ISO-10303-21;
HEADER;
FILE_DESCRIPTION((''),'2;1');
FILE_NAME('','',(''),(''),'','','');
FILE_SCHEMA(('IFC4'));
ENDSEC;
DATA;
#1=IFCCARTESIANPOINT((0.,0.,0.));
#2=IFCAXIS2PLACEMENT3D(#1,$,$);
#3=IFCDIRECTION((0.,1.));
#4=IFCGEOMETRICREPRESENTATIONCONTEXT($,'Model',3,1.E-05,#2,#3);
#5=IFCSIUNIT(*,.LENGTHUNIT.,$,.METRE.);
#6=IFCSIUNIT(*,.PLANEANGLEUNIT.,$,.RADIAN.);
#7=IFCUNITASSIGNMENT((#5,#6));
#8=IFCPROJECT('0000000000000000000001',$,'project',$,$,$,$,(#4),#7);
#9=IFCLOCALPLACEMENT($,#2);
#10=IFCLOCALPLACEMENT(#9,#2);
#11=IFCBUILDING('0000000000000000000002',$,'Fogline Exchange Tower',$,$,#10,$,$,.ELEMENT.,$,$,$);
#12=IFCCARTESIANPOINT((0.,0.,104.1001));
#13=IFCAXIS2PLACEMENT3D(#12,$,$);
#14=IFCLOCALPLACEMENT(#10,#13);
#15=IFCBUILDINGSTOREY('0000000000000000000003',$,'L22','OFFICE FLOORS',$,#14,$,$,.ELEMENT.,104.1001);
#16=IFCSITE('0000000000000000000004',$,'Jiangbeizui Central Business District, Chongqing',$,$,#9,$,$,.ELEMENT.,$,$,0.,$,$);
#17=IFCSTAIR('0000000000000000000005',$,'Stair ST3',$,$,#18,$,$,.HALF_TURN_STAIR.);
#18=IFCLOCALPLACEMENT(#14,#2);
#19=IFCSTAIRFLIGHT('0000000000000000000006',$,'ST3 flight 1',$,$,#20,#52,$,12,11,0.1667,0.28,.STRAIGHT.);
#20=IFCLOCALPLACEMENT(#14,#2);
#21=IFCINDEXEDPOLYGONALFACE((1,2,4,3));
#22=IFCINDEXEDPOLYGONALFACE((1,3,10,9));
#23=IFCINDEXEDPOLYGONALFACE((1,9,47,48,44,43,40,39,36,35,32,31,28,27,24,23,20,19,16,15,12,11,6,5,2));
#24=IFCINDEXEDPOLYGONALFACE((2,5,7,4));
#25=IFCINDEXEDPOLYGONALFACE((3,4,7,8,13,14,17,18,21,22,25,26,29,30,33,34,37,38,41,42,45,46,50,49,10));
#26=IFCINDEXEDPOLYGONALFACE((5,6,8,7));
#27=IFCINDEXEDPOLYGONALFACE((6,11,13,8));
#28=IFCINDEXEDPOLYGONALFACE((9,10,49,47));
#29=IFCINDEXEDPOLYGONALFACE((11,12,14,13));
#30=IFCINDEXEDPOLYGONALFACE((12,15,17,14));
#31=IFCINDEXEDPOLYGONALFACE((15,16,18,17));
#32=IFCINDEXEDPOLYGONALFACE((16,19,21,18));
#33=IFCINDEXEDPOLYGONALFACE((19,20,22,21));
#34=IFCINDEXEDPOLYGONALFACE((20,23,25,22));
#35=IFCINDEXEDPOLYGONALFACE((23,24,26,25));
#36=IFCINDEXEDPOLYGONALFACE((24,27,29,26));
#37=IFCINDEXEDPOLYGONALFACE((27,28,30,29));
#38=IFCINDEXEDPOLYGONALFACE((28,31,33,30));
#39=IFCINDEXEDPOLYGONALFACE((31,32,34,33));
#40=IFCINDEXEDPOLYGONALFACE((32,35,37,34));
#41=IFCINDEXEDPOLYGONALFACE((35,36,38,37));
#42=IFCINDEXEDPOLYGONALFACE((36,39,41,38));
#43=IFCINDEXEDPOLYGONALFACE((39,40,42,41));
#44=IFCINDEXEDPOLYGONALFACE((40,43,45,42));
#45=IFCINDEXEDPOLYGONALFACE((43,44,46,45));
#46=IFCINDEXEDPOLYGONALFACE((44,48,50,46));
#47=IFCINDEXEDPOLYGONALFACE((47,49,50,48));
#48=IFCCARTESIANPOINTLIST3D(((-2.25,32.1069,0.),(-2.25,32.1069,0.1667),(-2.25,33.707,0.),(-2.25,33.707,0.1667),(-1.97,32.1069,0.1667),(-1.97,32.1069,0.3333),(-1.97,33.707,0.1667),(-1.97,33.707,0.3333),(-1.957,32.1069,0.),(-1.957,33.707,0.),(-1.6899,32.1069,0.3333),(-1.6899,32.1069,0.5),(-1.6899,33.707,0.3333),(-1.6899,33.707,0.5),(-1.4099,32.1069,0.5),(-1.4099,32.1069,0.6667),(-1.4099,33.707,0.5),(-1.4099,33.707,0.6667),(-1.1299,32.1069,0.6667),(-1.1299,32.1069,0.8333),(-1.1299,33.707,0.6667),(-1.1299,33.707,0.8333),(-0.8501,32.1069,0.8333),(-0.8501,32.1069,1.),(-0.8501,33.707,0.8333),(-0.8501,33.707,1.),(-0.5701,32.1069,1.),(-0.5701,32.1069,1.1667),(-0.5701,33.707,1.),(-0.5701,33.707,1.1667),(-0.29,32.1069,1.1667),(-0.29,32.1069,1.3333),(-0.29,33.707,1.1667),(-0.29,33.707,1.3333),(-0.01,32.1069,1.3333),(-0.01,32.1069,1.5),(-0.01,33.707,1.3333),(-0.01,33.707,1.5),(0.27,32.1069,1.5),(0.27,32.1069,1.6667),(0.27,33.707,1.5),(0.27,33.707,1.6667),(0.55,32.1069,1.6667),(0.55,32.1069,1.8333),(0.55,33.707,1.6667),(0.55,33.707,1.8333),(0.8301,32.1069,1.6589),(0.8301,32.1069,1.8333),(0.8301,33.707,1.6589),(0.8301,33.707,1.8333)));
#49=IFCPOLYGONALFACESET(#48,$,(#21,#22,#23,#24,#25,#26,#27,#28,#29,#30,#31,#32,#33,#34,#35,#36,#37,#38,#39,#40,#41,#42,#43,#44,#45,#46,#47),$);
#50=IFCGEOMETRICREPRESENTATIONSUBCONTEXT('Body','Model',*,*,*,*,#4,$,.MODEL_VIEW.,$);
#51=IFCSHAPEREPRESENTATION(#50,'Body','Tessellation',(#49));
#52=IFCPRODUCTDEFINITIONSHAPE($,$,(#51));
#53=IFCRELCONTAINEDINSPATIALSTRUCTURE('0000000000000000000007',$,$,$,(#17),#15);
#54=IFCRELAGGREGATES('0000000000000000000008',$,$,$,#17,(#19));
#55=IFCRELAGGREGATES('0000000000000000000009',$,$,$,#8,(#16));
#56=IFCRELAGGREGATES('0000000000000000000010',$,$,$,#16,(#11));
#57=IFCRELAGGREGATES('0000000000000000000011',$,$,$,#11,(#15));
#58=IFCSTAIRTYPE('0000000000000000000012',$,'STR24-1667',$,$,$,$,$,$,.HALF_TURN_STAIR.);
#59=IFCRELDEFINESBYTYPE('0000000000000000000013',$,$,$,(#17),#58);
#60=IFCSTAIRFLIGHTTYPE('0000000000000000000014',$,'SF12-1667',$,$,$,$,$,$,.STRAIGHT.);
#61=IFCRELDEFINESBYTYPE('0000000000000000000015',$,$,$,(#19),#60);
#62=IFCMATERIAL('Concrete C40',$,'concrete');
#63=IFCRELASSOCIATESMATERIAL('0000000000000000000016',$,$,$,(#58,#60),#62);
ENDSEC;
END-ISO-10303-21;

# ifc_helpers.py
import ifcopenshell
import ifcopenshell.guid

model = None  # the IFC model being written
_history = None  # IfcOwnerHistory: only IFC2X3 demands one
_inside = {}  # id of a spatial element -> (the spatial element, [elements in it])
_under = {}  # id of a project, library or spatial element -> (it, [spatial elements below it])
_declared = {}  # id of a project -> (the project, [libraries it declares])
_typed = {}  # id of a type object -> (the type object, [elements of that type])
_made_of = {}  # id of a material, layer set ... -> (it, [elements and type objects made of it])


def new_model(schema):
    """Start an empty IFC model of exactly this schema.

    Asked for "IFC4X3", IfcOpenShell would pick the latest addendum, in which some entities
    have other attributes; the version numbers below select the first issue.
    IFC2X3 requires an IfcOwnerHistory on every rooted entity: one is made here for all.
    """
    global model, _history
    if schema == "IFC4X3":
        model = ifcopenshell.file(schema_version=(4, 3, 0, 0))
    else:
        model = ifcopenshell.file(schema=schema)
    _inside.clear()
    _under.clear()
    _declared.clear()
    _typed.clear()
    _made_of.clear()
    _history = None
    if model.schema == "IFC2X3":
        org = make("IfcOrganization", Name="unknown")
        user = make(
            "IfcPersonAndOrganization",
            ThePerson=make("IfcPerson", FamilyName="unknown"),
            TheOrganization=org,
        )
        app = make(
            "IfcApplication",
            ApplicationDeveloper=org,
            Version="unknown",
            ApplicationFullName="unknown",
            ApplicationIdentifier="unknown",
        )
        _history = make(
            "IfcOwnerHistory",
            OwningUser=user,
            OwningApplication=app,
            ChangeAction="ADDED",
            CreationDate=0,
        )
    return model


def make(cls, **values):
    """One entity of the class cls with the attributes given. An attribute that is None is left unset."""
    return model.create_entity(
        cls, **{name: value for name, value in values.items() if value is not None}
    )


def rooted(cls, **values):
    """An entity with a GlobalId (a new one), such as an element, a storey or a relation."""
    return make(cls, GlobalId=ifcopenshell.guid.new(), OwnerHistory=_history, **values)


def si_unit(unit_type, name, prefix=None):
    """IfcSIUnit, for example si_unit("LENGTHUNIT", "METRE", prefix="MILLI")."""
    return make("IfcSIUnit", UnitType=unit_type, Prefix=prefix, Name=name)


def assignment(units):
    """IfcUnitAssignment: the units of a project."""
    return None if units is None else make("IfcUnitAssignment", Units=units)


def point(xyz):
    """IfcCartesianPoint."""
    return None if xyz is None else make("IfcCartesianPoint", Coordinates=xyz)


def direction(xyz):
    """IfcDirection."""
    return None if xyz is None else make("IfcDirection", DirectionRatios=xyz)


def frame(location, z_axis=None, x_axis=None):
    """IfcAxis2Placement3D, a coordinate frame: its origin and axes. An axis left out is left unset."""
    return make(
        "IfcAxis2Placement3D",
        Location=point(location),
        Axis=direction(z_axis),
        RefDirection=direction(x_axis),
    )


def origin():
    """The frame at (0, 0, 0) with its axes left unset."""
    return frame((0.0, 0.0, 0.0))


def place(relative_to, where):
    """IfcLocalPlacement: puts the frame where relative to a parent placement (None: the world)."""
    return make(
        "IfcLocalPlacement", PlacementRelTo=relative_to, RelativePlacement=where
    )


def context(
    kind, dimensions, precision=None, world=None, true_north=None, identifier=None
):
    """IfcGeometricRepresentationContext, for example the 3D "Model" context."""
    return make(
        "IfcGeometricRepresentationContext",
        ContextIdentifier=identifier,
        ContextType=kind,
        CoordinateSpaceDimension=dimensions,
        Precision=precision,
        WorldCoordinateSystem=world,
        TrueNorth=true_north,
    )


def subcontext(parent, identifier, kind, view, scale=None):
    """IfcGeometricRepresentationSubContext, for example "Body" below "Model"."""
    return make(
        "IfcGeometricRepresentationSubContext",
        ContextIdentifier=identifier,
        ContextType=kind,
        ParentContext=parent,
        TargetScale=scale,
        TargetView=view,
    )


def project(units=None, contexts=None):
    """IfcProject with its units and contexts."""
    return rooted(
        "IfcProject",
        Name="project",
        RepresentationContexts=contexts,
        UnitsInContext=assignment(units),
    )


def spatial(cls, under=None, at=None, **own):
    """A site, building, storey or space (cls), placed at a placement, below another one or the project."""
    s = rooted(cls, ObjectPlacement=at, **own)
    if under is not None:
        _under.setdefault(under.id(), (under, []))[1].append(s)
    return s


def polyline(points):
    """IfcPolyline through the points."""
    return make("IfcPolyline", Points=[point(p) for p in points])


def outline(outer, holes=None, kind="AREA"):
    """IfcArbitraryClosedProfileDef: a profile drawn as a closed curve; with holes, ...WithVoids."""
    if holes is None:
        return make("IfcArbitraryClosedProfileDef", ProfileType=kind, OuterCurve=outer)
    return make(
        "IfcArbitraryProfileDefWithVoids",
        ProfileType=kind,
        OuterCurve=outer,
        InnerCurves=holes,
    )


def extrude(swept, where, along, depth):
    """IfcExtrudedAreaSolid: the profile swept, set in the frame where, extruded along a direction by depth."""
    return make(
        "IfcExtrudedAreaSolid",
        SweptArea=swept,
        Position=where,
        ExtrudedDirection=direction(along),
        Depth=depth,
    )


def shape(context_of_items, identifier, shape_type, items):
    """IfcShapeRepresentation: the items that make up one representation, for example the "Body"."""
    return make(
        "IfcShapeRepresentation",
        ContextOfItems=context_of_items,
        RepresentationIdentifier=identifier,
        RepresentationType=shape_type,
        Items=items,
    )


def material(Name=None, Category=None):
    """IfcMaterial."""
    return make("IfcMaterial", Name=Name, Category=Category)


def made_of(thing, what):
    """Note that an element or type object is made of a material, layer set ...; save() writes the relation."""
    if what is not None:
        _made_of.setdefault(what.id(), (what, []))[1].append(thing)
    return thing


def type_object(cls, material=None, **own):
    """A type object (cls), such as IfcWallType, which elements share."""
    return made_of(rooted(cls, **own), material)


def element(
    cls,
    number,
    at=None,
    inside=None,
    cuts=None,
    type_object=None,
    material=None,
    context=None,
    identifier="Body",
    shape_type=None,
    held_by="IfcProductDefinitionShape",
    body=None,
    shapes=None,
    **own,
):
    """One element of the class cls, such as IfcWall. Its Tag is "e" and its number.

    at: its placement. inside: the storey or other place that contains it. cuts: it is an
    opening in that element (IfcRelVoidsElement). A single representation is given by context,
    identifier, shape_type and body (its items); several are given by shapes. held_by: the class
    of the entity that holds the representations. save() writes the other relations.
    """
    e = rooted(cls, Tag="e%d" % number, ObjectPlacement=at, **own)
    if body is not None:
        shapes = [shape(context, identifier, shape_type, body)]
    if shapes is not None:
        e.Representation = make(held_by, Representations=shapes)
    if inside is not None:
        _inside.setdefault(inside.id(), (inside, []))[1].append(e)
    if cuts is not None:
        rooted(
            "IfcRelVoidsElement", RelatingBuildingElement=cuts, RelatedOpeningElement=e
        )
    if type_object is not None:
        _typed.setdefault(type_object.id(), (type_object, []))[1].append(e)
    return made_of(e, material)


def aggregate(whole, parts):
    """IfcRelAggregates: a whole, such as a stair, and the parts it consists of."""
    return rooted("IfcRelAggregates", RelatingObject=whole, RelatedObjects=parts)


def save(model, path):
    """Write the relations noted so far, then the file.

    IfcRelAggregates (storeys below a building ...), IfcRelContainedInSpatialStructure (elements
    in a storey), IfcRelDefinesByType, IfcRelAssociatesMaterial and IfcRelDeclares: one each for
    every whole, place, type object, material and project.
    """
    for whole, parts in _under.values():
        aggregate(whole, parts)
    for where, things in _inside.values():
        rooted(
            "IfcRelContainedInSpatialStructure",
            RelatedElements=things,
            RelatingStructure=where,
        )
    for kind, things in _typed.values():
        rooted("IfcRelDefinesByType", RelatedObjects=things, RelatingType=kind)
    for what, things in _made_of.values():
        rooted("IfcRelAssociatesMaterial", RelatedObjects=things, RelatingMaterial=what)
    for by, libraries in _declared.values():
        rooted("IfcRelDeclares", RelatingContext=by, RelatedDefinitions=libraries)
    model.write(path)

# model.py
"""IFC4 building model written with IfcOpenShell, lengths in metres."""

from ifc_helpers import new_model, si_unit, direction, frame, origin, place, context, subcontext, project, spatial, polyline, outline, extrude, material, type_object, element, aggregate, save


model = new_model("IFC4")

# Units and contexts
model_context = context("Model", 3, precision=1e-05, world=origin(), true_north=direction((0.0, 1.0)))
body_context = subcontext(model_context, "Body", "Model", "MODEL_VIEW")
ifc_project = project(units=[si_unit("LENGTHUNIT", "METRE"), si_unit("PLANEANGLEUNIT", "RADIAN")], contexts=[model_context])

# Site, building, storey
site_placement = place(None, origin())
site = spatial("IfcSite", under=ifc_project, at=site_placement, Name="Jiangbeizui Central Business District, Chongqing", CompositionType="ELEMENT", RefElevation=0.0)
building_placement = place(site_placement, origin())
building = spatial("IfcBuilding", under=site, at=building_placement, Name="Fogline Exchange Tower", CompositionType="ELEMENT")
storey_placement = place(building_placement, frame((0.0, 0.0, 104.1001)))
storey = spatial("IfcBuildingStorey", under=building, at=storey_placement, Name="L22", Description="OFFICE FLOORS", CompositionType="ELEMENT", Elevation=104.1001)

# Shared definitions
ifc_material_1 = material(Name="Concrete C40", Category="concrete")

# Stair, stair flight
stair_type = type_object("IfcStairType", Name="STR24-1667", PredefinedType="HALF_TURN_STAIR", material=ifc_material_1)
stair_placement = place(storey_placement, origin())
stair = element("IfcStair", 1, at=stair_placement, inside=storey, type_object=stair_type, Name="Stair ST3", PredefinedType="HALF_TURN_STAIR")
stair_flight_type = type_object("IfcStairFlightType", Name="SF12-1667", PredefinedType="STRAIGHT", material=ifc_material_1)
stair_flight_placement = place(storey_placement, frame((-2.25, 32.907, 0.0), z_axis=(0.0, 0.0, 1.0), x_axis=(1.0, 0.0, 0.0)))
stair_flight = element("IfcStairFlight", 2, at=stair_flight_placement, type_object=stair_flight_type, Name="ST3 flight 1", NumberOfRisers=12, NumberOfTreads=11, PredefinedType="STRAIGHT", RiserHeight=0.1667, TreadLength=0.28, context=body_context, shape_type="SweptSolid", body=[
    extrude(outline(polyline([(0.0, 0.0), (0.0, 0.1667), (0.28, 0.1667), (0.28, 0.3333), (0.5601, 0.3333), (0.5601, 0.5), (0.8401, 0.5), (0.8401, 0.6667), (1.1201, 0.6667), (1.1201, 0.8333), (1.3999, 0.8333), (1.3999, 1.0), (1.6799, 1.0), (1.6799, 1.1667), (1.96, 1.1667), (1.96, 1.3333), (2.24, 1.3333), (2.24, 1.5), (2.52, 1.5), (2.52, 1.6667), (2.8, 1.6667), (2.8, 1.8333), (3.0801, 1.8333), (3.0801, 2.0), (3.0801, 1.6589), (0.293, 0.0), (0.0, 0.0)])), frame((0.0, 0.8, 0.0), z_axis=(0.0, -1.0, 0.0), x_axis=(1.0, 0.0, 0.0)), (0.0, 0.0, 1.0), 1.6001),
])
aggregate(stair, [stair_flight])

save(model, "model.ifc")
